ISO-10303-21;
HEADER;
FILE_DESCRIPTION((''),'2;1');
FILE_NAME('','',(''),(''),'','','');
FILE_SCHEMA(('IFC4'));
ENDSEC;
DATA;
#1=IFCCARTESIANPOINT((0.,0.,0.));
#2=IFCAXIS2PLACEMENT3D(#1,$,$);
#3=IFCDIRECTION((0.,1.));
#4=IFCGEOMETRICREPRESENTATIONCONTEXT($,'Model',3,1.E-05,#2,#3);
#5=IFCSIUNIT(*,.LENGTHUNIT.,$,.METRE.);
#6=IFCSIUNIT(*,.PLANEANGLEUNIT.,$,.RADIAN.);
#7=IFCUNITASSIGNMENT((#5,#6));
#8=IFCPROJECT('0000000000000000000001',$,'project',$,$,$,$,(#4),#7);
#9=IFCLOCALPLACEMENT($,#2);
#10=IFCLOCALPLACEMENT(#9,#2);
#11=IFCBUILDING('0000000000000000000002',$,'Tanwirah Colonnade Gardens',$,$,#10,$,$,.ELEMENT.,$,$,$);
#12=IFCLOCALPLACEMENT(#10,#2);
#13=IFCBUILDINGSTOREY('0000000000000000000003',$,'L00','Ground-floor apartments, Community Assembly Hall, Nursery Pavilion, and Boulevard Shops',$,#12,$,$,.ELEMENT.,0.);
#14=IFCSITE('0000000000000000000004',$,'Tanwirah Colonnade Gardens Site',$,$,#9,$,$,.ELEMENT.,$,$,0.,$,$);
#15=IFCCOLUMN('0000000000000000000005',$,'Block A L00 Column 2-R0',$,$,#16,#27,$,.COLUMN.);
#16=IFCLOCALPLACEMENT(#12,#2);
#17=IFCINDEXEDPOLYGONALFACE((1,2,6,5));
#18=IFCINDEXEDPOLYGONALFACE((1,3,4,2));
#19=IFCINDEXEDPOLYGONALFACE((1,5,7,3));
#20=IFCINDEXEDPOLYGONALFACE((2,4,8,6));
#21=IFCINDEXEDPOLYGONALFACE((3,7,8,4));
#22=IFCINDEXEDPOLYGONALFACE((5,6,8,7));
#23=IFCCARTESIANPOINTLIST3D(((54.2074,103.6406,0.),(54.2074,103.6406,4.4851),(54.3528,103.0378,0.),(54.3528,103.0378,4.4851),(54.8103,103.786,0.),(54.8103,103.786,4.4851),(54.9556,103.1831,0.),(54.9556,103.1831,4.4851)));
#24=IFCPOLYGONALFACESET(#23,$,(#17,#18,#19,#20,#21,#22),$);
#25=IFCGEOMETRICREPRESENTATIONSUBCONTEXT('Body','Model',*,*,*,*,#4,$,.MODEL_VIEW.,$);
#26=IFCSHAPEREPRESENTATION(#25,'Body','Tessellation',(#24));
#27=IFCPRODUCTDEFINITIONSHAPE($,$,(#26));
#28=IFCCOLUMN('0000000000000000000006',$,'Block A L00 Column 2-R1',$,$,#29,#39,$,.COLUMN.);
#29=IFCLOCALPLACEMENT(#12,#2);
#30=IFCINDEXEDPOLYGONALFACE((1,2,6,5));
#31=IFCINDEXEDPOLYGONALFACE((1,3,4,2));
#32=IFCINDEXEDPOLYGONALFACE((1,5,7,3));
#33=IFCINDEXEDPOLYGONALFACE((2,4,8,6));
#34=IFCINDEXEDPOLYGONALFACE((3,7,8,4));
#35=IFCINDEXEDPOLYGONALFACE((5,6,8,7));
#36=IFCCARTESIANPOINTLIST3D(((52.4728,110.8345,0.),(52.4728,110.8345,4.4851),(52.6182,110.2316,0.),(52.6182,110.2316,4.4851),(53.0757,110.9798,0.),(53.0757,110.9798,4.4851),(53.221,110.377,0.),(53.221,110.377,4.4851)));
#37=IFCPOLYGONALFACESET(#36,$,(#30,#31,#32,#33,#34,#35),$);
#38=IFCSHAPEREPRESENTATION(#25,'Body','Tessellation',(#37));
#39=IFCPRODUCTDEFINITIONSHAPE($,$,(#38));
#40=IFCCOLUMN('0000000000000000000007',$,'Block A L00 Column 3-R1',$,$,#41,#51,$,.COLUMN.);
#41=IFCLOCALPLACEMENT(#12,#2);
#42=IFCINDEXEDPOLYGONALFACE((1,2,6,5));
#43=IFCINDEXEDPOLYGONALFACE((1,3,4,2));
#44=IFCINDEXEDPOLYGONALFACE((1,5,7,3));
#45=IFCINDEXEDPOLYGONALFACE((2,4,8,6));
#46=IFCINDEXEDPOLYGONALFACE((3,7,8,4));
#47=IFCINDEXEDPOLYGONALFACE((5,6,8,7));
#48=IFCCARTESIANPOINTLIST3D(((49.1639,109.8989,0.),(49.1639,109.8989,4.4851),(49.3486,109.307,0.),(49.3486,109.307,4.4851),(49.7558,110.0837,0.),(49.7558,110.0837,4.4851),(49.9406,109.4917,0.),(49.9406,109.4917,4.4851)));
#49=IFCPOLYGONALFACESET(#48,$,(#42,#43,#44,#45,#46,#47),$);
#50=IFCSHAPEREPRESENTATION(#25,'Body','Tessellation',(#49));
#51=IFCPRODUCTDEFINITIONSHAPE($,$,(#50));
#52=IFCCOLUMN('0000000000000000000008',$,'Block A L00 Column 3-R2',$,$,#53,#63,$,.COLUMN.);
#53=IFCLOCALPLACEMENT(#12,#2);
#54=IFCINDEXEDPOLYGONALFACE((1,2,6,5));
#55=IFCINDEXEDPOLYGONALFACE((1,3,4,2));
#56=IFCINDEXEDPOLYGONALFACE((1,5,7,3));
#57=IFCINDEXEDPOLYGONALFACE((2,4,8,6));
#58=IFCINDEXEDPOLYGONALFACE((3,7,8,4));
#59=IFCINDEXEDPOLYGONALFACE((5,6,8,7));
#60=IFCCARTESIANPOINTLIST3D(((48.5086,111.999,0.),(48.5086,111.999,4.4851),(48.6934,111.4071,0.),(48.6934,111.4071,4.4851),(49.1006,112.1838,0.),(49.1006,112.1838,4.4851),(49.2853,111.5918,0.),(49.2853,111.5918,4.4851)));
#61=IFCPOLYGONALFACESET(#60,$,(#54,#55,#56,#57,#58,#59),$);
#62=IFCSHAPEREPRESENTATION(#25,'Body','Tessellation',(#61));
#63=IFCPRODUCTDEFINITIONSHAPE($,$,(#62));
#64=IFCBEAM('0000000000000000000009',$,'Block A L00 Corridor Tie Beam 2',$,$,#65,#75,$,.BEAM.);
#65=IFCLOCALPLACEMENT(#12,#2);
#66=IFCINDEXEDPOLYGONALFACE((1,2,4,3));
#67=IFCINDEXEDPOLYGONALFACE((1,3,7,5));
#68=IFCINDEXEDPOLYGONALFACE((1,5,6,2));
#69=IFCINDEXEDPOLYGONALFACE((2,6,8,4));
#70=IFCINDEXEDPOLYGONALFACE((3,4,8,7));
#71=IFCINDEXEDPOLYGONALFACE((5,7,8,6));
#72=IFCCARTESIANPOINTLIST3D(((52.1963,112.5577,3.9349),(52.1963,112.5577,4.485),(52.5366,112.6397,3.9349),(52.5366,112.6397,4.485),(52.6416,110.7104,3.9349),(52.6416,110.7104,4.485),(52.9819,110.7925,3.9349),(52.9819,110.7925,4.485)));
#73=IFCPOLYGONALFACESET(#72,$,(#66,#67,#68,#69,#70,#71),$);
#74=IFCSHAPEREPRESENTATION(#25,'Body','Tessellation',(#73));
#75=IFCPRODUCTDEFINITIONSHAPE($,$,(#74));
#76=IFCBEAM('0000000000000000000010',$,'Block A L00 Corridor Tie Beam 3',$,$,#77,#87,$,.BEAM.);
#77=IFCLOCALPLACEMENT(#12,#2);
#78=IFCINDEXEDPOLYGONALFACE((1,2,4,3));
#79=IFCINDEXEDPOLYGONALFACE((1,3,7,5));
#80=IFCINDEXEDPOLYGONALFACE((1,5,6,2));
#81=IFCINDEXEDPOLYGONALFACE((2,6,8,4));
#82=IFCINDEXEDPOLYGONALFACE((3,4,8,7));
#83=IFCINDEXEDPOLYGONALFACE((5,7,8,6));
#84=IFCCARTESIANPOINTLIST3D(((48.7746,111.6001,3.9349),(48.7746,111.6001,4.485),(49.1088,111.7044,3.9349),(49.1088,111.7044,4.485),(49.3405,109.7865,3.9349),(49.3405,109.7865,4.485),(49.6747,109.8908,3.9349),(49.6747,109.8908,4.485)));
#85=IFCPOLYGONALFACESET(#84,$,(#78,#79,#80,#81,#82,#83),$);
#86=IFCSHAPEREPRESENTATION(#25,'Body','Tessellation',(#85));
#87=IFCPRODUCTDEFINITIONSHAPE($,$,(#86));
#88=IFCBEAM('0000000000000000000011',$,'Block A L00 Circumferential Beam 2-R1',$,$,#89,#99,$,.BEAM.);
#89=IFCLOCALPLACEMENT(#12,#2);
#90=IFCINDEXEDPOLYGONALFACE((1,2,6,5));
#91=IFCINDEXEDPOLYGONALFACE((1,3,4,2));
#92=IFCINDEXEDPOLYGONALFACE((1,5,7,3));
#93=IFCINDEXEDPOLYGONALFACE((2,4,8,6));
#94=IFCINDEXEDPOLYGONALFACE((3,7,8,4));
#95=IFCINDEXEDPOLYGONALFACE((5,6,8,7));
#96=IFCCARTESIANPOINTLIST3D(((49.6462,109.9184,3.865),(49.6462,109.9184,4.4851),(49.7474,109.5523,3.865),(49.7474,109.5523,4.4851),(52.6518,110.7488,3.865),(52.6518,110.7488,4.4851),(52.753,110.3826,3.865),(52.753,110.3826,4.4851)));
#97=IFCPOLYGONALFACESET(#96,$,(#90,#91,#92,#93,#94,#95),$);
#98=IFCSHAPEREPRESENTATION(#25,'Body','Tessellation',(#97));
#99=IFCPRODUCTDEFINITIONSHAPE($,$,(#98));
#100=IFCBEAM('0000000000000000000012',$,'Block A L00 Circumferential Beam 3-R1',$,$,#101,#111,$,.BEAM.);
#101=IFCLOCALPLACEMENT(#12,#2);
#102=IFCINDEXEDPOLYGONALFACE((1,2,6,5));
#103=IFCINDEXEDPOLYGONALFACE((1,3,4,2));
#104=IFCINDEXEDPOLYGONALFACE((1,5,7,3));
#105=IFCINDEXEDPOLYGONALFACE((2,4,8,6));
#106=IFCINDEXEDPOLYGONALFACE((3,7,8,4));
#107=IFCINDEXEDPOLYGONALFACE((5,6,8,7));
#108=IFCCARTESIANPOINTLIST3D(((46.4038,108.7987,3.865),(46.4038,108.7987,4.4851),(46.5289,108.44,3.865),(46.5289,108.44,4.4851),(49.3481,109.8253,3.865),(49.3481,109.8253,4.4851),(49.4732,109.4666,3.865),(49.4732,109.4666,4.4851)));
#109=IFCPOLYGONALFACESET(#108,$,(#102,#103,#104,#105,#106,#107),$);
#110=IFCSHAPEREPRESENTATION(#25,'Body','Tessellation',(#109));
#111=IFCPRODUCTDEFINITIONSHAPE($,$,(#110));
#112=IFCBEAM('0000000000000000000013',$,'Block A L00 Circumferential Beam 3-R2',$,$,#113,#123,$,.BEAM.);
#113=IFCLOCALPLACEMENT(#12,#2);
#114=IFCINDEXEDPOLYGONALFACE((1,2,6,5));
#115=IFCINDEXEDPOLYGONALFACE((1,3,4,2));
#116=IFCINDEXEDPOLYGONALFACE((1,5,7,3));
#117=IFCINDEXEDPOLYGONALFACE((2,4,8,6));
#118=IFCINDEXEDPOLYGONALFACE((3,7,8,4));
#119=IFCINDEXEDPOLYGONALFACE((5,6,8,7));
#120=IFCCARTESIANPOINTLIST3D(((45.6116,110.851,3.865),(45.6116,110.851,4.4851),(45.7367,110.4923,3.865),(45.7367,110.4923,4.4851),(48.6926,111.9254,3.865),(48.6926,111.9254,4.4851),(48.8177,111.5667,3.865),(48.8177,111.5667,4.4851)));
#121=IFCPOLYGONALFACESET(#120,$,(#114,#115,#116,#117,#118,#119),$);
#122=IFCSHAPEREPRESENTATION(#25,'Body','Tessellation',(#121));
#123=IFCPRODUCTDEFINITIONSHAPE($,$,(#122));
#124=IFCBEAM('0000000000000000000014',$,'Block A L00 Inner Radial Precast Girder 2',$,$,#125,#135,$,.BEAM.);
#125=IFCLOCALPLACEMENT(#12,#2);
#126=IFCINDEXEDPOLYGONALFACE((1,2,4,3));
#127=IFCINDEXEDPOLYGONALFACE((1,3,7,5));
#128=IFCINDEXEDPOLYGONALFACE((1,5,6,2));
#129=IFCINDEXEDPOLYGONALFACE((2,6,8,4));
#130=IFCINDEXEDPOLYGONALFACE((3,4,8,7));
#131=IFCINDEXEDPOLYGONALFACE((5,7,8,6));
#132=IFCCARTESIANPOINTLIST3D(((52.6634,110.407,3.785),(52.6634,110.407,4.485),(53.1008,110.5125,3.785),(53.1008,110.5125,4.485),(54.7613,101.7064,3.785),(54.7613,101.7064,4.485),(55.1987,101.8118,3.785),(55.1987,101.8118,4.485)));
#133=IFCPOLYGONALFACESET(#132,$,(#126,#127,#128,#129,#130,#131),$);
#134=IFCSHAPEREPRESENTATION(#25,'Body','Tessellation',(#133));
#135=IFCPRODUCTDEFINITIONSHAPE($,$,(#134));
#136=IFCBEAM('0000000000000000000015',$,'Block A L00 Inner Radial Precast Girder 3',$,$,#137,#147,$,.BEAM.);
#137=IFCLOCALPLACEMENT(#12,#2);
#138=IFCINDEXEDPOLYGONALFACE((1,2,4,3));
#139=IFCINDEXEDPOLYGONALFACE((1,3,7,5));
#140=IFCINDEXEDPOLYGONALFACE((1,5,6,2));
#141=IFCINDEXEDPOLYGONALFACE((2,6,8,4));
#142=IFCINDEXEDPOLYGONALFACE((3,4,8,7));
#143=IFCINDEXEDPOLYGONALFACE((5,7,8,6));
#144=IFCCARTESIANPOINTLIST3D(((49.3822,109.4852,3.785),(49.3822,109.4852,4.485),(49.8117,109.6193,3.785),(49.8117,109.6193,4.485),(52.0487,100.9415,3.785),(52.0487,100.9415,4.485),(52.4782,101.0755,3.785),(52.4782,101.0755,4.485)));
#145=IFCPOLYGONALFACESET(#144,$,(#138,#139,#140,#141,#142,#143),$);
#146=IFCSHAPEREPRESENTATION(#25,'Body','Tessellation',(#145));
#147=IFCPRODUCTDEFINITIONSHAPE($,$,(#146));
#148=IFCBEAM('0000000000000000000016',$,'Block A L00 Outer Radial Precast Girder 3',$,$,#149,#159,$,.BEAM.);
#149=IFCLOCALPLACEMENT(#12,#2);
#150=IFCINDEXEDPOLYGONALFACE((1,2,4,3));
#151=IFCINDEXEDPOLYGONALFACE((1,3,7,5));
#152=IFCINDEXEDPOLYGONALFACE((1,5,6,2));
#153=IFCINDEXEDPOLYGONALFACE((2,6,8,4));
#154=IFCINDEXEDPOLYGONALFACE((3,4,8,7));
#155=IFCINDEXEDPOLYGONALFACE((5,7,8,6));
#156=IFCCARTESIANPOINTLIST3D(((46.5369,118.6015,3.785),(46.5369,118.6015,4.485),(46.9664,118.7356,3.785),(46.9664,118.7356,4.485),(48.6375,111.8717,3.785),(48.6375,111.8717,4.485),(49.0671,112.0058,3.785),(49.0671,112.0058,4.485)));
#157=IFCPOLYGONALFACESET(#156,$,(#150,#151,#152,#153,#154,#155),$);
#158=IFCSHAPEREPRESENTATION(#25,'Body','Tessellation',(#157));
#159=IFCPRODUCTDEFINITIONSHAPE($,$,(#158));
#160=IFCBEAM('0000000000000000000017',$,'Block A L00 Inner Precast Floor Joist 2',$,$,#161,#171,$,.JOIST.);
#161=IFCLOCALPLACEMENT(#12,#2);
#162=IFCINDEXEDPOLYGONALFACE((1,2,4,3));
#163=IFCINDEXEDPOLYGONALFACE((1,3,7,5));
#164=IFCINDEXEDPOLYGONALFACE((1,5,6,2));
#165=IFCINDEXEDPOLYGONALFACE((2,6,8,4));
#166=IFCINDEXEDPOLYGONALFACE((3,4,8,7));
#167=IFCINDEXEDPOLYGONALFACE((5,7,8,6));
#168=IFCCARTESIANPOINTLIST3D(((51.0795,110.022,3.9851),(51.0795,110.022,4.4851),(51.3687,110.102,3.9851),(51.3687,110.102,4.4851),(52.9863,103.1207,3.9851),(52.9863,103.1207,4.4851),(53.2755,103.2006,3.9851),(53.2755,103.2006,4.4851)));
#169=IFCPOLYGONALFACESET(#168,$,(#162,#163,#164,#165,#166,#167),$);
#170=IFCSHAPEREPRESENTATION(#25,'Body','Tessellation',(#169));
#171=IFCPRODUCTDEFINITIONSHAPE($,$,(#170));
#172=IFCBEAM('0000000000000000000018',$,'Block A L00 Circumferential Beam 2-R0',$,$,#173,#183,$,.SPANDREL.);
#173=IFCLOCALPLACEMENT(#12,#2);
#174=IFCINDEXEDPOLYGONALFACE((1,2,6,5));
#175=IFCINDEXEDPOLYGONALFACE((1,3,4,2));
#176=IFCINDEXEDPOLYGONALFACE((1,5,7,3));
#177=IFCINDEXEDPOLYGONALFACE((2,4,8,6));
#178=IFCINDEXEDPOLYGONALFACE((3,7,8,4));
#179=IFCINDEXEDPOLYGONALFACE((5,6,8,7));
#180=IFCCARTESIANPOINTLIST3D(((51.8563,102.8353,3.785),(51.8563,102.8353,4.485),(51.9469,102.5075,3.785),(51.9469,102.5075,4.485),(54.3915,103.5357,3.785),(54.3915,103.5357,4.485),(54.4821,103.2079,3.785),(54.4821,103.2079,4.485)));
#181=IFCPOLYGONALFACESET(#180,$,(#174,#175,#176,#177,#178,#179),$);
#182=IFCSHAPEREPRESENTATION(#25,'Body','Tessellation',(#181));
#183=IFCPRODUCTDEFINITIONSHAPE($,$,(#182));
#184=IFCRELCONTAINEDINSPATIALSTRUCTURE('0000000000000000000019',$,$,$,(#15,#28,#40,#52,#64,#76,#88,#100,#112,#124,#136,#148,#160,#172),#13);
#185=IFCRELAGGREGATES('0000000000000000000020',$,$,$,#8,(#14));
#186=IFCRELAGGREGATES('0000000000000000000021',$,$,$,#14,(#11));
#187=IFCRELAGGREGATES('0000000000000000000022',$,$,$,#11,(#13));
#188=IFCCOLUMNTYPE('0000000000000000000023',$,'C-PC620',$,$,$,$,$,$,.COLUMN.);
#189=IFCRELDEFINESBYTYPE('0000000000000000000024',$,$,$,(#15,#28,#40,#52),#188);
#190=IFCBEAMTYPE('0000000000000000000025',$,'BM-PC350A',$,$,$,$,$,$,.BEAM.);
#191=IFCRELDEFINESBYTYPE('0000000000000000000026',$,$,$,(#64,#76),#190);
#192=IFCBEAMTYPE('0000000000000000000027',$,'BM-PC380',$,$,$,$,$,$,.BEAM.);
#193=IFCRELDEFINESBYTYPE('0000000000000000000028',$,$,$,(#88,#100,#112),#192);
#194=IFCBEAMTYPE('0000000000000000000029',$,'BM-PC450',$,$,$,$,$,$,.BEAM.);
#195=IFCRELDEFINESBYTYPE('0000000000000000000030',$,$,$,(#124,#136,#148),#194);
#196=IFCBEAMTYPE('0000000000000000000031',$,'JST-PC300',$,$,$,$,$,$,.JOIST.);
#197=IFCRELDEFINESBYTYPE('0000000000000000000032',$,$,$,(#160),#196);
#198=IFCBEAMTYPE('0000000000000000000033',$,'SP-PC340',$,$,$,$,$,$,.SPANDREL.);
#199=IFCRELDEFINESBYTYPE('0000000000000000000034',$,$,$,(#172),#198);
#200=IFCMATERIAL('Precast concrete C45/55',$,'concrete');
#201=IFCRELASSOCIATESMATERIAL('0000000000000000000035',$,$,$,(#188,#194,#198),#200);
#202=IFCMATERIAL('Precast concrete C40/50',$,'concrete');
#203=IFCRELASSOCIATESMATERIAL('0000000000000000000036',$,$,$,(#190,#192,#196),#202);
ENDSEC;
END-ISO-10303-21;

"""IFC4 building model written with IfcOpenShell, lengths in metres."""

from ifc_helpers import new_model, si_unit, direction, frame, origin, origin_2d, place, context, subcontext, project, spatial, rectangle, extrude, material, material_profile, profile_set, type_object, element, save


model = new_model("IFC4")

# Units and contexts
model_context = context("Model", 3, precision=1e-05, world=origin(), true_north=direction((0.0, 1.0)))
body_context = subcontext(model_context, "Body", "Model", "MODEL_VIEW")
ifc_project = project(units=[si_unit("LENGTHUNIT", "METRE"), si_unit("PLANEANGLEUNIT", "RADIAN")], contexts=[model_context])

# Site, building, storey
site_placement = place(None, origin())
site = spatial("IfcSite", under=ifc_project, at=site_placement, Name="Tanwirah Colonnade Gardens Site", CompositionType="ELEMENT", RefElevation=0.0)
building_placement = place(site_placement, origin())
building = spatial("IfcBuilding", under=site, at=building_placement, Name="Tanwirah Colonnade Gardens", CompositionType="ELEMENT")
storey_placement = place(building_placement, origin())
storey = spatial("IfcBuildingStorey", under=building, at=storey_placement, Name="L00", Description="Ground-floor apartments, Community Assembly Hall, Nursery Pavilion, and Boulevard Shops", CompositionType="ELEMENT", Elevation=0.0)

# Columns
ifc_material_1 = material(Name="Precast concrete C45/55", Category="concrete")
ifc_material_profile_1 = material_profile(ifc_material_1, rectangle(XDim=0.6201, YDim=0.6201, at=origin_2d()), Name="PC-COL 620x620")
ifc_profile_set_1 = profile_set([ifc_material_profile_1], Name="Precast concrete C45/55")
column_type = type_object("IfcColumnType", Name="C-PC620", PredefinedType="COLUMN", material=ifc_profile_set_1)
for number, where, z_axis, x_axis, name in (
    (1, (54.5815, 103.4119, 0.0), (0.0, 0.0, 1.0), (-0.234388, 0.972143, 0.0), "Block A L00 Column 2-R0"),
    (2, (52.8469, 110.6057, 0.0), (0.0, 0.0, 1.0), (-0.234388, 0.972143, 0.0), "Block A L00 Column 2-R1"),
    (3, (49.5522, 109.6953, 0.0), (0.0, 0.0, 1.0), (-0.29793, 0.954588, 0.0), "Block A L00 Column 3-R1"),
    (4, (48.897, 111.7954, 0.0), (0.0, 0.0, 1.0), (-0.29793, 0.954588, 0.0), "Block A L00 Column 3-R2"),
):
    element("IfcColumn", number, at=place(storey_placement, frame(where, z_axis=z_axis, x_axis=x_axis)), inside=storey, type_object=column_type, Name=name, PredefinedType="COLUMN", context=body_context, shape_type="SweptSolid", body=[
        extrude(rectangle(XDim=0.6201, YDim=0.6201, at=origin_2d()), origin(), (0.0, 0.0, 1.0), 4.4851),
    ])

# Beams
ifc_material_2 = material(Name="Precast concrete C40/50", Category="concrete")
ifc_material_profile_2 = material_profile(ifc_material_2, rectangle(XDim=0.3501, YDim=0.55, at=origin_2d()), Name="PC-BM 350x550")
ifc_profile_set_2 = profile_set([ifc_material_profile_2], Name="Precast concrete C40/50")
beam_type_1 = type_object("IfcBeamType", Name="BM-PC350A", PredefinedType="BEAM", material=ifc_profile_set_2)
beam_1_placement = place(storey_placement, frame((52.8118, 110.7515, 4.21), z_axis=(-0.234364, 0.972149, 0.0), x_axis=(-0.972149, -0.234364, 0.0)))
element("IfcBeam", 5, at=beam_1_placement, inside=storey, type_object=beam_type_1, Name="Block A L00 Corridor Tie Beam 2", PredefinedType="BEAM", context=body_context, shape_type="SweptSolid", body=[
    extrude(rectangle(XDim=0.3501, YDim=0.55, at=origin_2d()), origin(), (0.0, 0.0, 1.0), 1.9001),
])
beam_2_placement = place(storey_placement, frame((49.5076, 109.8386, 4.21), z_axis=(-0.297858, 0.95461, 0.0), x_axis=(-0.95461, -0.297858, 0.0)))
element("IfcBeam", 6, at=beam_2_placement, inside=storey, type_object=beam_type_1, Name="Block A L00 Corridor Tie Beam 3", PredefinedType="BEAM", context=body_context, shape_type="SweptSolid", body=[
    extrude(rectangle(XDim=0.3501, YDim=0.55, at=origin_2d()), origin(), (0.0, 0.0, 1.0), 1.8999),
])
ifc_material_profile_3 = material_profile(ifc_material_2, rectangle(XDim=0.3799, YDim=0.6201, at=origin_2d()), Name="PC-BM 380x620")
ifc_profile_set_3 = profile_set([ifc_material_profile_3], Name="Precast concrete C40/50")
beam_type_2 = type_object("IfcBeamType", Name="BM-PC380", PredefinedType="BEAM", material=ifc_profile_set_3)
for number, where, z_axis, x_axis, name in (
    (7, (52.7024, 110.5657, 4.175), (-0.963895, -0.266283, 0.0), (0.266283, -0.963895, 0.0), "Block A L00 Circumferential Beam 2-R1"),
    (8, (49.4106, 109.646, 4.175), (-0.944248, -0.329234, 0.0), (0.329234, -0.944248, 0.0), "Block A L00 Circumferential Beam 3-R1"),
):
    element("IfcBeam", number, at=place(storey_placement, frame(where, z_axis=z_axis, x_axis=x_axis)), inside=storey, type_object=beam_type_2, Name=name, PredefinedType="BEAM", context=body_context, shape_type="SweptSolid", body=[
        extrude(rectangle(XDim=0.3799, YDim=0.6201, at=origin_2d()), origin(), (0.0, 0.0, 1.0), 3.1182),
    ])
beam_3_placement = place(storey_placement, frame((48.7551, 111.7461, 4.175), z_axis=(-0.944231, -0.329284, 0.0), x_axis=(0.329284, -0.944231, 0.0)))
element("IfcBeam", 9, at=beam_3_placement, inside=storey, type_object=beam_type_2, Name="Block A L00 Circumferential Beam 3-R2", PredefinedType="BEAM", context=body_context, shape_type="SweptSolid", body=[
    extrude(rectangle(XDim=0.3799, YDim=0.6201, at=origin_2d()), origin(), (0.0, 0.0, 1.0), 3.2629),
])
ifc_material_profile_4 = material_profile(ifc_material_1, rectangle(XDim=0.45, YDim=0.7, at=origin_2d()), Name="PC-BM 450x700")
ifc_profile_set_4 = profile_set([ifc_material_profile_4], Name="Precast concrete C45/55")
beam_type_3 = type_object("IfcBeamType", Name="BM-PC450", PredefinedType="BEAM", material=ifc_profile_set_4)
beam_4_placement = place(storey_placement, frame((52.8821, 110.4597, 4.135), z_axis=(0.234401, -0.97214, 0.0), x_axis=(0.97214, 0.234401, 0.0)))
element("IfcBeam", 10, at=beam_4_placement, inside=storey, type_object=beam_type_3, Name="Block A L00 Inner Radial Precast Girder 2", PredefinedType="BEAM", context=body_context, shape_type="SweptSolid", body=[
    extrude(rectangle(XDim=0.45, YDim=0.7, at=origin_2d()), origin(), (0.0, 0.0, 1.0), 8.95),
])
beam_5_placement = place(storey_placement, frame((49.5969, 109.5522, 4.135), z_axis=(0.297929, -0.954588, 0.0), x_axis=(0.954588, 0.297929, 0.0)))
element("IfcBeam", 11, at=beam_5_placement, inside=storey, type_object=beam_type_3, Name="Block A L00 Inner Radial Precast Girder 3", PredefinedType="BEAM", context=body_context, shape_type="SweptSolid", body=[
    extrude(rectangle(XDim=0.45, YDim=0.7, at=origin_2d()), origin(), (0.0, 0.0, 1.0), 8.9502),
])
beam_6_placement = place(storey_placement, frame((48.8523, 111.9387, 4.135), z_axis=(-0.297958, 0.954579, 0.0), x_axis=(-0.954579, -0.297958, 0.0)))
element("IfcBeam", 12, at=beam_6_placement, inside=storey, type_object=beam_type_3, Name="Block A L00 Outer Radial Precast Girder 3", PredefinedType="BEAM", context=body_context, shape_type="SweptSolid", body=[
    extrude(rectangle(XDim=0.45, YDim=0.7, at=origin_2d()), origin(), (0.0, 0.0, 1.0), 7.05),
])
ifc_material_profile_5 = material_profile(ifc_material_2, rectangle(XDim=0.3, YDim=0.5, at=origin_2d()), Name="PC-JST 300x500")
ifc_profile_set_5 = profile_set([ifc_material_profile_5], Name="Precast concrete C40/50")
beam_type_4 = type_object("IfcBeamType", Name="JST-PC300", PredefinedType="JOIST", material=ifc_profile_set_5)
beam_7_placement = place(storey_placement, frame((53.1309, 103.1606, 4.2351), z_axis=(-0.266307, 0.963888, 0.0), x_axis=(-0.963888, -0.266307, 0.0)))
element("IfcBeam", 13, at=beam_7_placement, inside=storey, type_object=beam_type_4, Name="Block A L00 Inner Precast Floor Joist 2", PredefinedType="JOIST", context=body_context, shape_type="SweptSolid", body=[
    extrude(rectangle(XDim=0.3, YDim=0.5, at=origin_2d()), origin(), (0.0, 0.0, 1.0), 7.1599),
])
ifc_material_profile_6 = material_profile(ifc_material_1, rectangle(XDim=0.3401, YDim=0.7, at=origin_2d()), Name="PC-SP 340x700")
ifc_profile_set_6 = profile_set([ifc_material_profile_6], Name="Precast concrete C45/55")
beam_type_5 = type_object("IfcBeamType", Name="SP-PC340", PredefinedType="SPANDREL", material=ifc_profile_set_6)
beam_8_placement = place(storey_placement, frame((54.4368, 103.3718, 4.135), z_axis=(-0.963887, -0.266313, 0.0), x_axis=(0.266313, -0.963887, 0.0)))
element("IfcBeam", 14, at=beam_8_placement, inside=storey, type_object=beam_type_5, Name="Block A L00 Circumferential Beam 2-R0", PredefinedType="SPANDREL", context=body_context, shape_type="SweptSolid", body=[
    extrude(rectangle(XDim=0.3401, YDim=0.7, at=origin_2d()), origin(), (0.0, 0.0, 1.0), 2.6301),
])

save(model, "model.ifc")
